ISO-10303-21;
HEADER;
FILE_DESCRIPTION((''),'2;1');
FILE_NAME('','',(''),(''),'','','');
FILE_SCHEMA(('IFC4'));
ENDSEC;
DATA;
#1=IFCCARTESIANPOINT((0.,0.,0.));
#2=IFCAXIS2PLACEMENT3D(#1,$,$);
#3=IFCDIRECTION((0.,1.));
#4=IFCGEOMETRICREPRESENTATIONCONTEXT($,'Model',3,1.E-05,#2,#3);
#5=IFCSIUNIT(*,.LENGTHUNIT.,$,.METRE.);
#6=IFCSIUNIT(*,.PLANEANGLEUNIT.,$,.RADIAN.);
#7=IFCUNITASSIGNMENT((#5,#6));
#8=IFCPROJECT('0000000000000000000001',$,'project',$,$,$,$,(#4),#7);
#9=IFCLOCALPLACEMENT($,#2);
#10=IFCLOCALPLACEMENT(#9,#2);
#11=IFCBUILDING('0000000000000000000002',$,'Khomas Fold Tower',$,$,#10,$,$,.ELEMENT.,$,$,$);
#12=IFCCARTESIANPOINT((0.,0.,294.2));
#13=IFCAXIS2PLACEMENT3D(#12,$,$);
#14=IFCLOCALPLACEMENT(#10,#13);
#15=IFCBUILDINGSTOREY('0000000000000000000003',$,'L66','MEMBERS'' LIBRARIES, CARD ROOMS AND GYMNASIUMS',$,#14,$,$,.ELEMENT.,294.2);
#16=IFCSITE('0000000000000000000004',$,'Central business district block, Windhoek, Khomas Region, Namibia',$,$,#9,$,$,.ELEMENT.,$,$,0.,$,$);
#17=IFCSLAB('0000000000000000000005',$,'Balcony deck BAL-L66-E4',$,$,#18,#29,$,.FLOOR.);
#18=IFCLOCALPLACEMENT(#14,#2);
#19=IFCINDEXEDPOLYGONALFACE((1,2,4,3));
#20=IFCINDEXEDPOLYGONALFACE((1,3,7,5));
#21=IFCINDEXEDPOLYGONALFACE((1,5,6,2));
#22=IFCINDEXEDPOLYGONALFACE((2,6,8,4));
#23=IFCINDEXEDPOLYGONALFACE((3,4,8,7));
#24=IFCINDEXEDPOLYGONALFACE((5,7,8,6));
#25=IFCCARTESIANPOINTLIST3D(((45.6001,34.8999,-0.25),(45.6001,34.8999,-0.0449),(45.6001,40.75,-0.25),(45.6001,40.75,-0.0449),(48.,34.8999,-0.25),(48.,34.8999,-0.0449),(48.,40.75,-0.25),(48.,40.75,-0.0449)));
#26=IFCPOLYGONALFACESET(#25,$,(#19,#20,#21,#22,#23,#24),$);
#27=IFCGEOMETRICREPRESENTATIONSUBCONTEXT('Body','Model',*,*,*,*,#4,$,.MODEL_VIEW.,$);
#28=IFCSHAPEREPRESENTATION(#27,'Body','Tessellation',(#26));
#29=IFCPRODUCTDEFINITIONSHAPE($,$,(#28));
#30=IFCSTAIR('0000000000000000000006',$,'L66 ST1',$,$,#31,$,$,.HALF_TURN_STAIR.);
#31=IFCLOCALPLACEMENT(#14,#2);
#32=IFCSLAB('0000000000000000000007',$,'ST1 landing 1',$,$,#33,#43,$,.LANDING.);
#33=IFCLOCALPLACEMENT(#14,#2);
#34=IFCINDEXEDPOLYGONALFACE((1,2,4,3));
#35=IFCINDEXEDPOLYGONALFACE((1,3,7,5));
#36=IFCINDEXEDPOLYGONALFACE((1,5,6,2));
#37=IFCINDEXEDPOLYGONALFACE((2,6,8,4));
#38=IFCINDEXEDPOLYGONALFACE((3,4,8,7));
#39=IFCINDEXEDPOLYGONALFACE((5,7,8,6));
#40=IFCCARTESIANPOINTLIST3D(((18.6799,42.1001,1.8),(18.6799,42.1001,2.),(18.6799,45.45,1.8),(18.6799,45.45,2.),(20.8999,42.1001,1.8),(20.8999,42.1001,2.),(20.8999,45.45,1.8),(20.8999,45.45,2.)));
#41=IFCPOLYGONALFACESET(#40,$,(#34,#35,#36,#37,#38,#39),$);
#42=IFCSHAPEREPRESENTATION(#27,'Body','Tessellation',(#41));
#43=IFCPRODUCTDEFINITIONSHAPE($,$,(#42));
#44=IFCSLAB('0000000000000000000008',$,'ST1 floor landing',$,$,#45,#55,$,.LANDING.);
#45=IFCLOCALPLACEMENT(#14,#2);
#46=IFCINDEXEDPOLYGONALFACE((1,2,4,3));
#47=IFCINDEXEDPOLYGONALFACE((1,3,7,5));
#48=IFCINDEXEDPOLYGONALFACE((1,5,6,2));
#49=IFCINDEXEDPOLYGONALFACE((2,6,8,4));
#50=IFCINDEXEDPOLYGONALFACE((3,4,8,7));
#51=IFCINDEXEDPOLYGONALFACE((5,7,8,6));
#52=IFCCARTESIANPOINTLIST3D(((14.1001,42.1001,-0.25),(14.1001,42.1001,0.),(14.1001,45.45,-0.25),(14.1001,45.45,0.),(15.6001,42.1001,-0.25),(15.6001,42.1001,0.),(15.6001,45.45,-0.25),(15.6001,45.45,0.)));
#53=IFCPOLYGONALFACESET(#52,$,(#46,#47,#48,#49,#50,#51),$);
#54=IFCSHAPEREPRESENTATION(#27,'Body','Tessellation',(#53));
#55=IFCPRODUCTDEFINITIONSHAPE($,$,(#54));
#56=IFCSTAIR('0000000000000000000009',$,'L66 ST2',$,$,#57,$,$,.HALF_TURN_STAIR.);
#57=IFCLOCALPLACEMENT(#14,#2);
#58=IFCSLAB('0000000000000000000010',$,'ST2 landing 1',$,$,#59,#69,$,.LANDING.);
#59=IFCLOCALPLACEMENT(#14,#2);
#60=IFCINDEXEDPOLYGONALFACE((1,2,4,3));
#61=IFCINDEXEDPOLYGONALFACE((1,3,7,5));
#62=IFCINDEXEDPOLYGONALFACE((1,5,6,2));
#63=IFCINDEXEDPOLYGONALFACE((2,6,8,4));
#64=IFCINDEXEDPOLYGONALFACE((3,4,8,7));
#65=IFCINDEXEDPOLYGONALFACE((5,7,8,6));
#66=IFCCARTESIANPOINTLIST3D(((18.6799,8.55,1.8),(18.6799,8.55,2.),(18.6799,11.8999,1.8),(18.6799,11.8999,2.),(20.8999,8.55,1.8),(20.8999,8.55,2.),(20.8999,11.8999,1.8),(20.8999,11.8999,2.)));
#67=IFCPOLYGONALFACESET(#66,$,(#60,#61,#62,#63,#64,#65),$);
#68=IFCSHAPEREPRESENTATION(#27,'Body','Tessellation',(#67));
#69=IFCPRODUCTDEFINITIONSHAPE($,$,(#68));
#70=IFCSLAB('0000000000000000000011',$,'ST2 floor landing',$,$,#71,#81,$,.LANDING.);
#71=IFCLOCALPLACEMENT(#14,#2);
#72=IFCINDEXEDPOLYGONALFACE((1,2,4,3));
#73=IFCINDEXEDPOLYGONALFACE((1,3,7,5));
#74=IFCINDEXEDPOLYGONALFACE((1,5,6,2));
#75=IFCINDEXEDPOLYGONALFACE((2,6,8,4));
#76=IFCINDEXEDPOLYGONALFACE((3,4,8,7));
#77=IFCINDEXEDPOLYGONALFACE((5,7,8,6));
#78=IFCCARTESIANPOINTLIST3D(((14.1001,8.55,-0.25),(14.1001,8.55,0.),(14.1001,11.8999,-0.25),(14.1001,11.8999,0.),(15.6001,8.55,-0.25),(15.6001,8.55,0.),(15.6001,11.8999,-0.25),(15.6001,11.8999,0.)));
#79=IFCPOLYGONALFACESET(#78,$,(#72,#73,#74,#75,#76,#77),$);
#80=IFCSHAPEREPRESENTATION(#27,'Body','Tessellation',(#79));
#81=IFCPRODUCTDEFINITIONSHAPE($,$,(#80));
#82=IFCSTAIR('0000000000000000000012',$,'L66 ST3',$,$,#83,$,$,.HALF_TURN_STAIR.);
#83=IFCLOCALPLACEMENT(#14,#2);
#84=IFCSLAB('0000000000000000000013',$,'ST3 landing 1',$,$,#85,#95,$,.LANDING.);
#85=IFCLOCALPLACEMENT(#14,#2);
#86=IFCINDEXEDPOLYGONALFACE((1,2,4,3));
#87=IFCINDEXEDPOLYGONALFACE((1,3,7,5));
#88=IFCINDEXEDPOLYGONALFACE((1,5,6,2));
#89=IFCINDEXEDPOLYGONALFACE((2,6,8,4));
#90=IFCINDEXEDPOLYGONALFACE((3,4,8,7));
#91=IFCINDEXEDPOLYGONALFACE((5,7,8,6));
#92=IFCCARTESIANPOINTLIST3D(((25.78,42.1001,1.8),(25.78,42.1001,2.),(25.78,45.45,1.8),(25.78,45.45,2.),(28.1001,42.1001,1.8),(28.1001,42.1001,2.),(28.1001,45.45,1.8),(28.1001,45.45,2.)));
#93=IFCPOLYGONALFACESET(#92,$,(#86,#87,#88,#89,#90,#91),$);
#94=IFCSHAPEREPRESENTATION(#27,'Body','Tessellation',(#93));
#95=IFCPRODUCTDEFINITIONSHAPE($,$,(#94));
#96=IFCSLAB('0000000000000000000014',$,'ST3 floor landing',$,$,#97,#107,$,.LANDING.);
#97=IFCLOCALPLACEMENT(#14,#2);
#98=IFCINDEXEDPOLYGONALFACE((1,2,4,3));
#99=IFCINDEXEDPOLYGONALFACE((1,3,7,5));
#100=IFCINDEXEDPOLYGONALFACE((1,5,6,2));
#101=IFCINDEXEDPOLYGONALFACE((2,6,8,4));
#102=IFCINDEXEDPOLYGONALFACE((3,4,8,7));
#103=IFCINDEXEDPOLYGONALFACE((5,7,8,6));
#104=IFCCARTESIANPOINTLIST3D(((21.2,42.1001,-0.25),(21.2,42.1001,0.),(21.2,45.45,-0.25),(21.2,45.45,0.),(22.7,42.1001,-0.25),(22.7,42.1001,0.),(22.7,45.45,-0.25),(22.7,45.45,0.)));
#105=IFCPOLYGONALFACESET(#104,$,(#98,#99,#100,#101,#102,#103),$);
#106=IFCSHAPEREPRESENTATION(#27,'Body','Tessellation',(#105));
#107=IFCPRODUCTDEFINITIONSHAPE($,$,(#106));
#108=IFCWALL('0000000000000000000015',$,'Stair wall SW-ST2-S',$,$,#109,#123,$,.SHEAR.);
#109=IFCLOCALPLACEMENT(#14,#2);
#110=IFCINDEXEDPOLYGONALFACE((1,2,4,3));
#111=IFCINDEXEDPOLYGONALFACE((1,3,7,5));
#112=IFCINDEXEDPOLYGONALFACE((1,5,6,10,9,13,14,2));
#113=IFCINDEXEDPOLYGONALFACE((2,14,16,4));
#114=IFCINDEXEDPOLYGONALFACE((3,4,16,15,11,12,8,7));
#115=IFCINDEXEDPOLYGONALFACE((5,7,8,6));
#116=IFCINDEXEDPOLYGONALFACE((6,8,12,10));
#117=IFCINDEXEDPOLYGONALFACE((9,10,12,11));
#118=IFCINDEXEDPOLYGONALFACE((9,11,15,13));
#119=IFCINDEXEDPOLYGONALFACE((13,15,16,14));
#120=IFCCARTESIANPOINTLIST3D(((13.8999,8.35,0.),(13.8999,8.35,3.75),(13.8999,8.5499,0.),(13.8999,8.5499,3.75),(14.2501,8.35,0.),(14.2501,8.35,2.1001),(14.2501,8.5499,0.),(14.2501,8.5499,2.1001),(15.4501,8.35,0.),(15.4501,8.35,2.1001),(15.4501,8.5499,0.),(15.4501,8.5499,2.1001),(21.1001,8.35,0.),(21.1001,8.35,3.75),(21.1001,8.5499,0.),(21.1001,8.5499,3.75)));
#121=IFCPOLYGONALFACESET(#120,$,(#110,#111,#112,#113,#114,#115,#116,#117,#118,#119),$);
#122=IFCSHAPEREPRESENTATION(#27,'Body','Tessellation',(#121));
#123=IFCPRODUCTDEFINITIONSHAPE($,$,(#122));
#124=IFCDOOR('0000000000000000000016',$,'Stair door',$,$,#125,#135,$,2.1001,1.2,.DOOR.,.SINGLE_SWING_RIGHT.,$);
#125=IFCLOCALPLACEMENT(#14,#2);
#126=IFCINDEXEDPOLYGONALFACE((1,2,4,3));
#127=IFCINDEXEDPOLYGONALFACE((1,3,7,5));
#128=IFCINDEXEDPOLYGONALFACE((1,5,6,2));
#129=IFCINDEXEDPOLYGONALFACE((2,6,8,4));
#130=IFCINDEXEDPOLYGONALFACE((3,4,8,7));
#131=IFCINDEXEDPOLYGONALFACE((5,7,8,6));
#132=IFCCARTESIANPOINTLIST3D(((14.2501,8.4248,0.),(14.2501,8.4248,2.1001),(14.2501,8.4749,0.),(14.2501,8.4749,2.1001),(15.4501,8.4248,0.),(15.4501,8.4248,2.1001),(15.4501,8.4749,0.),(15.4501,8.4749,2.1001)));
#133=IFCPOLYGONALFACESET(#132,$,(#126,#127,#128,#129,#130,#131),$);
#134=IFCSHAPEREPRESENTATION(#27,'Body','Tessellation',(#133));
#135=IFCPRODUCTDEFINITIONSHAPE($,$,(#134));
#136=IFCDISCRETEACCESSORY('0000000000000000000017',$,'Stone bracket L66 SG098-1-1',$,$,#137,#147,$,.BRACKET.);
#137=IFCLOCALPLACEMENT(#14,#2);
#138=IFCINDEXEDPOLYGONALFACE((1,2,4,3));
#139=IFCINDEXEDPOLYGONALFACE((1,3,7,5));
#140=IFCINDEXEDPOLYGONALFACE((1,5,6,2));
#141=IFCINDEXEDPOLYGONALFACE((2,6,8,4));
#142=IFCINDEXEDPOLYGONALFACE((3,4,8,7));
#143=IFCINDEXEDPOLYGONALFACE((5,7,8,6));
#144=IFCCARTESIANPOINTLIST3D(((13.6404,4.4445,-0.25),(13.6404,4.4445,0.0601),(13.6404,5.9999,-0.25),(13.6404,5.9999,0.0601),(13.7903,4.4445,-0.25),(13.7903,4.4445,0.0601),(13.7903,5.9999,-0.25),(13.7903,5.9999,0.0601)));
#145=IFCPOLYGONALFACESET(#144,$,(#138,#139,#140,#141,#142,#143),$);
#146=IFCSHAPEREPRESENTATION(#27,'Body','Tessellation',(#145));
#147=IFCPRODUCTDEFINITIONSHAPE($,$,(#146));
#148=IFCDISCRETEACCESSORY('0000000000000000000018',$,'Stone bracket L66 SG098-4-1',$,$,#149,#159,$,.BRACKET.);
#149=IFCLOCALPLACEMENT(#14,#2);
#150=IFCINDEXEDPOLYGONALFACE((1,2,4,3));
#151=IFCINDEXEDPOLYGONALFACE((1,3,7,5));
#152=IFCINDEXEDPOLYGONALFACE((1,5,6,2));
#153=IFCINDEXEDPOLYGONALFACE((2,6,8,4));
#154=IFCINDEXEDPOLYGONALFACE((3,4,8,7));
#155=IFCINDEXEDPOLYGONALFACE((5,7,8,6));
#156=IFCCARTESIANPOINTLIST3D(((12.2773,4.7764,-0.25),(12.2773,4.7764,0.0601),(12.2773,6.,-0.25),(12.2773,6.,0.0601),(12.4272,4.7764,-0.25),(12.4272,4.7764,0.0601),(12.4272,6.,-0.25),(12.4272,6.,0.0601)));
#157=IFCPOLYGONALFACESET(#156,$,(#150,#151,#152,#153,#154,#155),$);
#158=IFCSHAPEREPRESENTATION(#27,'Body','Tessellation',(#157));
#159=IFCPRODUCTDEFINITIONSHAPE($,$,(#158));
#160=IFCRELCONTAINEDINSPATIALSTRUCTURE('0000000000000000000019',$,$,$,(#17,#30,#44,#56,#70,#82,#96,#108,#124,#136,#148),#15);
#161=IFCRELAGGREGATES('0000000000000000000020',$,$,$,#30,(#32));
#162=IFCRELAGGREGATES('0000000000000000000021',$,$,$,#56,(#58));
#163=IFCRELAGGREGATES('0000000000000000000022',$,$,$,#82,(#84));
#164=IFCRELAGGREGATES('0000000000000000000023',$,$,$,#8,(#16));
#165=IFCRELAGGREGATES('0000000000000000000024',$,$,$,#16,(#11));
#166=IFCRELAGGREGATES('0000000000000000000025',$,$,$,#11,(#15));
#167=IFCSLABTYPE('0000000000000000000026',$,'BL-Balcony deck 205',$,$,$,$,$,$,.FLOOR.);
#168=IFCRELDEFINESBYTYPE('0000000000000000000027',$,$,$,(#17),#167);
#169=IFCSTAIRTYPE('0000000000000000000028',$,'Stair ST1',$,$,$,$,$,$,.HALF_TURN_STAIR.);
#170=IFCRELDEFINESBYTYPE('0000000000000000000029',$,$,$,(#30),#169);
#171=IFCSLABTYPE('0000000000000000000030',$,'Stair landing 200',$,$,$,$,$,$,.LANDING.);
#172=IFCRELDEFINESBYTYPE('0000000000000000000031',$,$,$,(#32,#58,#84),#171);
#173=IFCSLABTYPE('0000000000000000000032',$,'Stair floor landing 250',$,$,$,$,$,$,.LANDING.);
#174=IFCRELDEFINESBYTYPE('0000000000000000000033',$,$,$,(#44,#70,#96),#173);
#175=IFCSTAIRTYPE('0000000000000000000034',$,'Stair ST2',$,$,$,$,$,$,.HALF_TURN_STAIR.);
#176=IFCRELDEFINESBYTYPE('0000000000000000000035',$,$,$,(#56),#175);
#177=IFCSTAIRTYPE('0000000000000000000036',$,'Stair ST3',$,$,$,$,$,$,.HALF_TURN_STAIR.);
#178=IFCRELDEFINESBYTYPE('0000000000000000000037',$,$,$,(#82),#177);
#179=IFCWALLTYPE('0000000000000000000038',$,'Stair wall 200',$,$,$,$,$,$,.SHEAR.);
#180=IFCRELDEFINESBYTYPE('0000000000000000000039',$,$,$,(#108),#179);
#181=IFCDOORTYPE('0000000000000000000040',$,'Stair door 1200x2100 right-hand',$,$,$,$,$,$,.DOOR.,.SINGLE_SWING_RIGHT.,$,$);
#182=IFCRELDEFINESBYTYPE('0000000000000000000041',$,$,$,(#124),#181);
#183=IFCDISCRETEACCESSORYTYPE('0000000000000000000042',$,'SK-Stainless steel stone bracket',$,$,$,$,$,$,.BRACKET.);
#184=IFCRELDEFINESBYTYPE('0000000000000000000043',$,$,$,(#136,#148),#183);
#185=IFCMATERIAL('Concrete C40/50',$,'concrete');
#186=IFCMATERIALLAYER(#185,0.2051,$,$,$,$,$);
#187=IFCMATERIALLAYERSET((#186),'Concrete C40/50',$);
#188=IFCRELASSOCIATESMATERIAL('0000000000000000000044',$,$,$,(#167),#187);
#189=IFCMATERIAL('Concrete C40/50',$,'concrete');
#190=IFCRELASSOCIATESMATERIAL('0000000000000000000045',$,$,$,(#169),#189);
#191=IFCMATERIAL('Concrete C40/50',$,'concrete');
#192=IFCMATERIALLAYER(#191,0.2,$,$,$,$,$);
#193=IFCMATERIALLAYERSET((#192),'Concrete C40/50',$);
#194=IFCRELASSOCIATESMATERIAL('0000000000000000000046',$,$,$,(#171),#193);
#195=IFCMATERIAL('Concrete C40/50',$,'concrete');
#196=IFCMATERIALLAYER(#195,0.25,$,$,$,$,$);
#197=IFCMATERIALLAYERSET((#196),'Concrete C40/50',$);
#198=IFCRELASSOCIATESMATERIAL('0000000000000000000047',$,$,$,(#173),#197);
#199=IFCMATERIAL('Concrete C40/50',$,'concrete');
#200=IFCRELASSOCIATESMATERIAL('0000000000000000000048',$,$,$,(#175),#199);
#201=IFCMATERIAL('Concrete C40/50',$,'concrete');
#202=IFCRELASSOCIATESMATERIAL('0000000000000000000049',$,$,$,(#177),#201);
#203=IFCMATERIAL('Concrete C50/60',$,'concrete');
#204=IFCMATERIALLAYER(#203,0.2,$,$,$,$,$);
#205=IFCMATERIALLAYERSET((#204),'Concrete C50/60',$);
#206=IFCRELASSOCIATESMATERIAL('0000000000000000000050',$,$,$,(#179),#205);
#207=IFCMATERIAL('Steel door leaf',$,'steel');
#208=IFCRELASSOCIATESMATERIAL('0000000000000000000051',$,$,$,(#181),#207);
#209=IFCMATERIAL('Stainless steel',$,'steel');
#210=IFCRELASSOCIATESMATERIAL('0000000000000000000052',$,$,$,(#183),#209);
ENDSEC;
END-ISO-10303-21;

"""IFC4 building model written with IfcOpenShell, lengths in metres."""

from ifc_helpers import new_model, si_unit, direction, frame, frame_2d, origin, origin_2d, place, context, subcontext, project, spatial, polyline, rectangle, outline, extrude, source, transform, mapped, material, layer, layer_set, type_object, element, fill, aggregate, save


model = new_model("IFC4")

# Units and contexts
model_context = context("Model", 3, precision=1e-05, world=origin(), true_north=direction((0.0, 1.0)))
body_context = subcontext(model_context, "Body", "Model", "MODEL_VIEW")
ifc_project = project(units=[si_unit("LENGTHUNIT", "METRE"), si_unit("PLANEANGLEUNIT", "RADIAN")], contexts=[model_context])

# Site, building, storey
site_placement = place(None, origin())
site = spatial("IfcSite", under=ifc_project, at=site_placement, Name="Central business district block, Windhoek, Khomas Region, Namibia", CompositionType="ELEMENT", RefElevation=0.0)
building_placement = place(site_placement, origin())
building = spatial("IfcBuilding", under=site, at=building_placement, Name="Khomas Fold Tower", CompositionType="ELEMENT")
storey_placement = place(building_placement, frame((0.0, 0.0, 294.2)))
storey = spatial("IfcBuildingStorey", under=building, at=storey_placement, Name="L66", Description="MEMBERS' LIBRARIES, CARD ROOMS AND GYMNASIUMS", CompositionType="ELEMENT", Elevation=294.2)

# Slab
ifc_material_1 = material(Name="Concrete C40/50", Category="concrete")
ifc_layer_1 = layer(ifc_material_1, 0.2051)
ifc_layer_set_1 = layer_set([ifc_layer_1], Name="Concrete C40/50")
slab_type_1 = type_object("IfcSlabType", Name="BL-Balcony deck 205", PredefinedType="FLOOR", material=ifc_layer_set_1)
shared_shape_1 = source(origin(), body_context, "Body", "SweptSolid", [
    extrude(outline(polyline([(45.6001, 34.8999), (48.0, 34.8999), (48.0, 40.75), (45.6001, 40.75), (45.6001, 34.8999)])), origin(), (0.0, 0.0, 1.0), 0.2051),
])
slab_1_placement = place(storey_placement, frame((0.0, 0.0, -0.25)))
element("IfcSlab", 1, at=slab_1_placement, inside=storey, type_object=slab_type_1, Name="Balcony deck BAL-L66-E4", PredefinedType="FLOOR", context=body_context, shape_type="MappedRepresentation", body=[
    mapped(shared_shape_1, transform((0.0, 0.0, 0.0))),
])

# Stair, slab
ifc_material_2 = material(Name="Concrete C40/50", Category="concrete")
stair_type_1 = type_object("IfcStairType", Name="Stair ST1", PredefinedType="HALF_TURN_STAIR", material=ifc_material_2)
stair_1_placement = place(storey_placement, origin())
stair_1 = element("IfcStair", 2, at=stair_1_placement, inside=storey, type_object=stair_type_1, Name="L66 ST1", PredefinedType="HALF_TURN_STAIR")
ifc_material_3 = material(Name="Concrete C40/50", Category="concrete")
ifc_layer_2 = layer(ifc_material_3, 0.2)
ifc_layer_set_2 = layer_set([ifc_layer_2], Name="Concrete C40/50")
slab_type_2 = type_object("IfcSlabType", Name="Stair landing 200", PredefinedType="LANDING", material=ifc_layer_set_2)
shared_shape_2 = source(origin(), body_context, "Body", "SweptSolid", [
    extrude(outline(polyline([(18.6799, 42.1001), (20.8999, 42.1001), (20.8999, 45.45), (18.6799, 45.45), (18.6799, 42.1001)])), origin(), (0.0, 0.0, 1.0), 0.2),
])
slab_2_placement = place(storey_placement, frame((0.0, 0.0, 1.8)))
slab_2 = element("IfcSlab", 3, at=slab_2_placement, type_object=slab_type_2, Name="ST1 landing 1", PredefinedType="LANDING", context=body_context, shape_type="MappedRepresentation", body=[
    mapped(shared_shape_2, transform((0.0, 0.0, 0.0))),
])
aggregate(stair_1, [slab_2])

# Slab
ifc_material_4 = material(Name="Concrete C40/50", Category="concrete")
ifc_layer_3 = layer(ifc_material_4, 0.25)
ifc_layer_set_3 = layer_set([ifc_layer_3], Name="Concrete C40/50")
slab_type_3 = type_object("IfcSlabType", Name="Stair floor landing 250", PredefinedType="LANDING", material=ifc_layer_set_3)
shared_shape_3 = source(origin(), body_context, "Body", "SweptSolid", [
    extrude(outline(polyline([(15.6001, 42.1001), (14.1001, 42.1001), (14.1001, 45.45), (15.6001, 45.45), (15.6001, 42.1001)])), origin(), (0.0, 0.0, 1.0), 0.25),
])
slab_3_placement = place(storey_placement, frame((0.0, 0.0, -0.25)))
element("IfcSlab", 4, at=slab_3_placement, inside=storey, type_object=slab_type_3, Name="ST1 floor landing", PredefinedType="LANDING", context=body_context, shape_type="MappedRepresentation", body=[
    mapped(shared_shape_3, transform((0.0, 0.0, 0.0))),
])

# Stair, slab
ifc_material_5 = material(Name="Concrete C40/50", Category="concrete")
stair_type_2 = type_object("IfcStairType", Name="Stair ST2", PredefinedType="HALF_TURN_STAIR", material=ifc_material_5)
stair_2_placement = place(storey_placement, origin())
stair_2 = element("IfcStair", 5, at=stair_2_placement, inside=storey, type_object=stair_type_2, Name="L66 ST2", PredefinedType="HALF_TURN_STAIR")
shared_shape_4 = source(origin(), body_context, "Body", "SweptSolid", [
    extrude(outline(polyline([(18.6799, 8.55), (20.8999, 8.55), (20.8999, 11.8999), (18.6799, 11.8999), (18.6799, 8.55)])), origin(), (0.0, 0.0, 1.0), 0.2),
])
slab_4_placement = place(storey_placement, frame((0.0, 0.0, 1.8)))
slab_4 = element("IfcSlab", 6, at=slab_4_placement, type_object=slab_type_2, Name="ST2 landing 1", PredefinedType="LANDING", context=body_context, shape_type="MappedRepresentation", body=[
    mapped(shared_shape_4, transform((0.0, 0.0, 0.0))),
])
aggregate(stair_2, [slab_4])

# Slab
shared_shape_5 = source(origin(), body_context, "Body", "SweptSolid", [
    extrude(outline(polyline([(15.6001, 8.55), (14.1001, 8.55), (14.1001, 11.8999), (15.6001, 11.8999), (15.6001, 8.55)])), origin(), (0.0, 0.0, 1.0), 0.25),
])
slab_5_placement = place(storey_placement, frame((0.0, 0.0, -0.25)))
element("IfcSlab", 7, at=slab_5_placement, inside=storey, type_object=slab_type_3, Name="ST2 floor landing", PredefinedType="LANDING", context=body_context, shape_type="MappedRepresentation", body=[
    mapped(shared_shape_5, transform((0.0, 0.0, 0.0))),
])

# Stair, slab
ifc_material_6 = material(Name="Concrete C40/50", Category="concrete")
stair_type_3 = type_object("IfcStairType", Name="Stair ST3", PredefinedType="HALF_TURN_STAIR", material=ifc_material_6)
stair_3_placement = place(storey_placement, origin())
stair_3 = element("IfcStair", 8, at=stair_3_placement, inside=storey, type_object=stair_type_3, Name="L66 ST3", PredefinedType="HALF_TURN_STAIR")
shared_shape_6 = source(origin(), body_context, "Body", "SweptSolid", [
    extrude(outline(polyline([(25.78, 42.1001), (28.1001, 42.1001), (28.1001, 45.45), (25.78, 45.45), (25.78, 42.1001)])), origin(), (0.0, 0.0, 1.0), 0.2),
])
slab_6_placement = place(storey_placement, frame((0.0, 0.0, 1.8)))
slab_6 = element("IfcSlab", 9, at=slab_6_placement, type_object=slab_type_2, Name="ST3 landing 1", PredefinedType="LANDING", context=body_context, shape_type="MappedRepresentation", body=[
    mapped(shared_shape_6, transform((0.0, 0.0, 0.0))),
])
aggregate(stair_3, [slab_6])

# Slab
shared_shape_7 = source(origin(), body_context, "Body", "SweptSolid", [
    extrude(outline(polyline([(22.7, 42.1001), (21.2, 42.1001), (21.2, 45.45), (22.7, 45.45), (22.7, 42.1001)])), origin(), (0.0, 0.0, 1.0), 0.25),
])
slab_7_placement = place(storey_placement, frame((0.0, 0.0, -0.25)))
element("IfcSlab", 10, at=slab_7_placement, inside=storey, type_object=slab_type_3, Name="ST3 floor landing", PredefinedType="LANDING", context=body_context, shape_type="MappedRepresentation", body=[
    mapped(shared_shape_7, transform((0.0, 0.0, 0.0))),
])

# Wall, opening, door
ifc_material_7 = material(Name="Concrete C50/60", Category="concrete")
ifc_layer_4 = layer(ifc_material_7, 0.2)
ifc_layer_set_4 = layer_set([ifc_layer_4], Name="Concrete C50/60")
wall_type = type_object("IfcWallType", Name="Stair wall 200", PredefinedType="SHEAR", material=ifc_layer_set_4)
shared_shape_8 = source(origin(), body_context, "Body", "SweptSolid", [
    extrude(rectangle(XDim=7.2002, YDim=0.2, at=frame_2d((3.6001, 0.0))), origin(), (0.0, 0.0, 1.0), 3.75),
])
wall_placement = place(storey_placement, frame((13.8999, 8.45, 0.0), z_axis=(0.0, 0.0, 1.0), x_axis=(1.0, 0.0, 0.0)))
wall = element("IfcWall", 11, at=wall_placement, inside=storey, type_object=wall_type, Name="Stair wall SW-ST2-S", PredefinedType="SHEAR", context=body_context, shape_type="MappedRepresentation", body=[
    mapped(shared_shape_8, transform((0.0, 0.0, 0.0))),
])
shared_shape_9 = source(origin(), body_context, "Body", "SweptSolid", [
    extrude(rectangle(XDim=1.2, YDim=2.1001, at=frame_2d((0.6001, 1.05))), frame((0.0, 0.1099, 0.0), z_axis=(0.0, -1.0, 0.0), x_axis=(1.0, 0.0, 0.0)), (0.0, 0.0, 1.0), 0.22),
])
opening_placement = place(wall_placement, frame((0.3501, 0.0, 0.0)))
opening = element("IfcOpeningElement", 12, at=opening_placement, cuts=wall, PredefinedType="OPENING", context=body_context, shape_type="MappedRepresentation", body=[
    mapped(shared_shape_9, transform((0.0, 0.0, 0.0))),
])
ifc_material_8 = material(Name="Steel door leaf", Category="steel")
door_type = type_object("IfcDoorType", Name="Stair door 1200x2100 right-hand", OperationType="SINGLE_SWING_RIGHT", PredefinedType="DOOR", material=ifc_material_8)
shared_shape_10 = source(origin(), body_context, "Body", "SweptSolid", [
    extrude(rectangle(XDim=1.2, YDim=2.1001, at=frame_2d((0.6001, 1.05))), frame((0.0, 0.0249, 0.0), z_axis=(0.0, -1.0, 0.0), x_axis=(1.0, 0.0, 0.0)), (0.0, 0.0, 1.0), 0.05),
])
door_placement = place(opening_placement, origin())
door = element("IfcDoor", 13, at=door_placement, inside=storey, type_object=door_type, Name="Stair door", OperationType="SINGLE_SWING_RIGHT", OverallHeight=2.1001, OverallWidth=1.2, PredefinedType="DOOR", context=body_context, shape_type="MappedRepresentation", body=[
    mapped(shared_shape_10, transform((0.0, 0.0, 0.0))),
])
fill(opening, door)

# Discrete accessories
ifc_material_9 = material(Name="Stainless steel", Category="steel")
discrete_accessory_type = type_object("IfcDiscreteAccessoryType", Name="SK-Stainless steel stone bracket", PredefinedType="BRACKET", material=ifc_material_9)
shared_shape_11 = source(origin(), body_context, "Body", "SweptSolid", [
    extrude(rectangle(XDim=1.5554, YDim=0.1499, at=origin_2d()), origin(), (0.0, 0.0, 1.0), 0.3101),
])
discrete_accessory_1_placement = place(storey_placement, frame((13.7153, 5.2222, -0.25), z_axis=(0.0, 0.0, 1.0), x_axis=(0.0, -1.0, 0.0)))
element("IfcDiscreteAccessory", 14, at=discrete_accessory_1_placement, inside=storey, type_object=discrete_accessory_type, Name="Stone bracket L66 SG098-1-1", PredefinedType="BRACKET", context=body_context, shape_type="MappedRepresentation", body=[
    mapped(shared_shape_11, transform((0.0, 0.0, 0.0))),
])
shared_shape_12 = source(origin(), body_context, "Body", "SweptSolid", [
    extrude(rectangle(XDim=1.2236, YDim=0.1499, at=origin_2d()), origin(), (0.0, 0.0, 1.0), 0.3101),
])
discrete_accessory_2_placement = place(storey_placement, frame((12.3523, 5.3882, -0.25), z_axis=(0.0, 0.0, 1.0), x_axis=(0.0, -1.0, 0.0)))
element("IfcDiscreteAccessory", 15, at=discrete_accessory_2_placement, inside=storey, type_object=discrete_accessory_type, Name="Stone bracket L66 SG098-4-1", PredefinedType="BRACKET", context=body_context, shape_type="MappedRepresentation", body=[
    mapped(shared_shape_12, transform((0.0, 0.0, 0.0))),
])

save(model, "model.ifc")
